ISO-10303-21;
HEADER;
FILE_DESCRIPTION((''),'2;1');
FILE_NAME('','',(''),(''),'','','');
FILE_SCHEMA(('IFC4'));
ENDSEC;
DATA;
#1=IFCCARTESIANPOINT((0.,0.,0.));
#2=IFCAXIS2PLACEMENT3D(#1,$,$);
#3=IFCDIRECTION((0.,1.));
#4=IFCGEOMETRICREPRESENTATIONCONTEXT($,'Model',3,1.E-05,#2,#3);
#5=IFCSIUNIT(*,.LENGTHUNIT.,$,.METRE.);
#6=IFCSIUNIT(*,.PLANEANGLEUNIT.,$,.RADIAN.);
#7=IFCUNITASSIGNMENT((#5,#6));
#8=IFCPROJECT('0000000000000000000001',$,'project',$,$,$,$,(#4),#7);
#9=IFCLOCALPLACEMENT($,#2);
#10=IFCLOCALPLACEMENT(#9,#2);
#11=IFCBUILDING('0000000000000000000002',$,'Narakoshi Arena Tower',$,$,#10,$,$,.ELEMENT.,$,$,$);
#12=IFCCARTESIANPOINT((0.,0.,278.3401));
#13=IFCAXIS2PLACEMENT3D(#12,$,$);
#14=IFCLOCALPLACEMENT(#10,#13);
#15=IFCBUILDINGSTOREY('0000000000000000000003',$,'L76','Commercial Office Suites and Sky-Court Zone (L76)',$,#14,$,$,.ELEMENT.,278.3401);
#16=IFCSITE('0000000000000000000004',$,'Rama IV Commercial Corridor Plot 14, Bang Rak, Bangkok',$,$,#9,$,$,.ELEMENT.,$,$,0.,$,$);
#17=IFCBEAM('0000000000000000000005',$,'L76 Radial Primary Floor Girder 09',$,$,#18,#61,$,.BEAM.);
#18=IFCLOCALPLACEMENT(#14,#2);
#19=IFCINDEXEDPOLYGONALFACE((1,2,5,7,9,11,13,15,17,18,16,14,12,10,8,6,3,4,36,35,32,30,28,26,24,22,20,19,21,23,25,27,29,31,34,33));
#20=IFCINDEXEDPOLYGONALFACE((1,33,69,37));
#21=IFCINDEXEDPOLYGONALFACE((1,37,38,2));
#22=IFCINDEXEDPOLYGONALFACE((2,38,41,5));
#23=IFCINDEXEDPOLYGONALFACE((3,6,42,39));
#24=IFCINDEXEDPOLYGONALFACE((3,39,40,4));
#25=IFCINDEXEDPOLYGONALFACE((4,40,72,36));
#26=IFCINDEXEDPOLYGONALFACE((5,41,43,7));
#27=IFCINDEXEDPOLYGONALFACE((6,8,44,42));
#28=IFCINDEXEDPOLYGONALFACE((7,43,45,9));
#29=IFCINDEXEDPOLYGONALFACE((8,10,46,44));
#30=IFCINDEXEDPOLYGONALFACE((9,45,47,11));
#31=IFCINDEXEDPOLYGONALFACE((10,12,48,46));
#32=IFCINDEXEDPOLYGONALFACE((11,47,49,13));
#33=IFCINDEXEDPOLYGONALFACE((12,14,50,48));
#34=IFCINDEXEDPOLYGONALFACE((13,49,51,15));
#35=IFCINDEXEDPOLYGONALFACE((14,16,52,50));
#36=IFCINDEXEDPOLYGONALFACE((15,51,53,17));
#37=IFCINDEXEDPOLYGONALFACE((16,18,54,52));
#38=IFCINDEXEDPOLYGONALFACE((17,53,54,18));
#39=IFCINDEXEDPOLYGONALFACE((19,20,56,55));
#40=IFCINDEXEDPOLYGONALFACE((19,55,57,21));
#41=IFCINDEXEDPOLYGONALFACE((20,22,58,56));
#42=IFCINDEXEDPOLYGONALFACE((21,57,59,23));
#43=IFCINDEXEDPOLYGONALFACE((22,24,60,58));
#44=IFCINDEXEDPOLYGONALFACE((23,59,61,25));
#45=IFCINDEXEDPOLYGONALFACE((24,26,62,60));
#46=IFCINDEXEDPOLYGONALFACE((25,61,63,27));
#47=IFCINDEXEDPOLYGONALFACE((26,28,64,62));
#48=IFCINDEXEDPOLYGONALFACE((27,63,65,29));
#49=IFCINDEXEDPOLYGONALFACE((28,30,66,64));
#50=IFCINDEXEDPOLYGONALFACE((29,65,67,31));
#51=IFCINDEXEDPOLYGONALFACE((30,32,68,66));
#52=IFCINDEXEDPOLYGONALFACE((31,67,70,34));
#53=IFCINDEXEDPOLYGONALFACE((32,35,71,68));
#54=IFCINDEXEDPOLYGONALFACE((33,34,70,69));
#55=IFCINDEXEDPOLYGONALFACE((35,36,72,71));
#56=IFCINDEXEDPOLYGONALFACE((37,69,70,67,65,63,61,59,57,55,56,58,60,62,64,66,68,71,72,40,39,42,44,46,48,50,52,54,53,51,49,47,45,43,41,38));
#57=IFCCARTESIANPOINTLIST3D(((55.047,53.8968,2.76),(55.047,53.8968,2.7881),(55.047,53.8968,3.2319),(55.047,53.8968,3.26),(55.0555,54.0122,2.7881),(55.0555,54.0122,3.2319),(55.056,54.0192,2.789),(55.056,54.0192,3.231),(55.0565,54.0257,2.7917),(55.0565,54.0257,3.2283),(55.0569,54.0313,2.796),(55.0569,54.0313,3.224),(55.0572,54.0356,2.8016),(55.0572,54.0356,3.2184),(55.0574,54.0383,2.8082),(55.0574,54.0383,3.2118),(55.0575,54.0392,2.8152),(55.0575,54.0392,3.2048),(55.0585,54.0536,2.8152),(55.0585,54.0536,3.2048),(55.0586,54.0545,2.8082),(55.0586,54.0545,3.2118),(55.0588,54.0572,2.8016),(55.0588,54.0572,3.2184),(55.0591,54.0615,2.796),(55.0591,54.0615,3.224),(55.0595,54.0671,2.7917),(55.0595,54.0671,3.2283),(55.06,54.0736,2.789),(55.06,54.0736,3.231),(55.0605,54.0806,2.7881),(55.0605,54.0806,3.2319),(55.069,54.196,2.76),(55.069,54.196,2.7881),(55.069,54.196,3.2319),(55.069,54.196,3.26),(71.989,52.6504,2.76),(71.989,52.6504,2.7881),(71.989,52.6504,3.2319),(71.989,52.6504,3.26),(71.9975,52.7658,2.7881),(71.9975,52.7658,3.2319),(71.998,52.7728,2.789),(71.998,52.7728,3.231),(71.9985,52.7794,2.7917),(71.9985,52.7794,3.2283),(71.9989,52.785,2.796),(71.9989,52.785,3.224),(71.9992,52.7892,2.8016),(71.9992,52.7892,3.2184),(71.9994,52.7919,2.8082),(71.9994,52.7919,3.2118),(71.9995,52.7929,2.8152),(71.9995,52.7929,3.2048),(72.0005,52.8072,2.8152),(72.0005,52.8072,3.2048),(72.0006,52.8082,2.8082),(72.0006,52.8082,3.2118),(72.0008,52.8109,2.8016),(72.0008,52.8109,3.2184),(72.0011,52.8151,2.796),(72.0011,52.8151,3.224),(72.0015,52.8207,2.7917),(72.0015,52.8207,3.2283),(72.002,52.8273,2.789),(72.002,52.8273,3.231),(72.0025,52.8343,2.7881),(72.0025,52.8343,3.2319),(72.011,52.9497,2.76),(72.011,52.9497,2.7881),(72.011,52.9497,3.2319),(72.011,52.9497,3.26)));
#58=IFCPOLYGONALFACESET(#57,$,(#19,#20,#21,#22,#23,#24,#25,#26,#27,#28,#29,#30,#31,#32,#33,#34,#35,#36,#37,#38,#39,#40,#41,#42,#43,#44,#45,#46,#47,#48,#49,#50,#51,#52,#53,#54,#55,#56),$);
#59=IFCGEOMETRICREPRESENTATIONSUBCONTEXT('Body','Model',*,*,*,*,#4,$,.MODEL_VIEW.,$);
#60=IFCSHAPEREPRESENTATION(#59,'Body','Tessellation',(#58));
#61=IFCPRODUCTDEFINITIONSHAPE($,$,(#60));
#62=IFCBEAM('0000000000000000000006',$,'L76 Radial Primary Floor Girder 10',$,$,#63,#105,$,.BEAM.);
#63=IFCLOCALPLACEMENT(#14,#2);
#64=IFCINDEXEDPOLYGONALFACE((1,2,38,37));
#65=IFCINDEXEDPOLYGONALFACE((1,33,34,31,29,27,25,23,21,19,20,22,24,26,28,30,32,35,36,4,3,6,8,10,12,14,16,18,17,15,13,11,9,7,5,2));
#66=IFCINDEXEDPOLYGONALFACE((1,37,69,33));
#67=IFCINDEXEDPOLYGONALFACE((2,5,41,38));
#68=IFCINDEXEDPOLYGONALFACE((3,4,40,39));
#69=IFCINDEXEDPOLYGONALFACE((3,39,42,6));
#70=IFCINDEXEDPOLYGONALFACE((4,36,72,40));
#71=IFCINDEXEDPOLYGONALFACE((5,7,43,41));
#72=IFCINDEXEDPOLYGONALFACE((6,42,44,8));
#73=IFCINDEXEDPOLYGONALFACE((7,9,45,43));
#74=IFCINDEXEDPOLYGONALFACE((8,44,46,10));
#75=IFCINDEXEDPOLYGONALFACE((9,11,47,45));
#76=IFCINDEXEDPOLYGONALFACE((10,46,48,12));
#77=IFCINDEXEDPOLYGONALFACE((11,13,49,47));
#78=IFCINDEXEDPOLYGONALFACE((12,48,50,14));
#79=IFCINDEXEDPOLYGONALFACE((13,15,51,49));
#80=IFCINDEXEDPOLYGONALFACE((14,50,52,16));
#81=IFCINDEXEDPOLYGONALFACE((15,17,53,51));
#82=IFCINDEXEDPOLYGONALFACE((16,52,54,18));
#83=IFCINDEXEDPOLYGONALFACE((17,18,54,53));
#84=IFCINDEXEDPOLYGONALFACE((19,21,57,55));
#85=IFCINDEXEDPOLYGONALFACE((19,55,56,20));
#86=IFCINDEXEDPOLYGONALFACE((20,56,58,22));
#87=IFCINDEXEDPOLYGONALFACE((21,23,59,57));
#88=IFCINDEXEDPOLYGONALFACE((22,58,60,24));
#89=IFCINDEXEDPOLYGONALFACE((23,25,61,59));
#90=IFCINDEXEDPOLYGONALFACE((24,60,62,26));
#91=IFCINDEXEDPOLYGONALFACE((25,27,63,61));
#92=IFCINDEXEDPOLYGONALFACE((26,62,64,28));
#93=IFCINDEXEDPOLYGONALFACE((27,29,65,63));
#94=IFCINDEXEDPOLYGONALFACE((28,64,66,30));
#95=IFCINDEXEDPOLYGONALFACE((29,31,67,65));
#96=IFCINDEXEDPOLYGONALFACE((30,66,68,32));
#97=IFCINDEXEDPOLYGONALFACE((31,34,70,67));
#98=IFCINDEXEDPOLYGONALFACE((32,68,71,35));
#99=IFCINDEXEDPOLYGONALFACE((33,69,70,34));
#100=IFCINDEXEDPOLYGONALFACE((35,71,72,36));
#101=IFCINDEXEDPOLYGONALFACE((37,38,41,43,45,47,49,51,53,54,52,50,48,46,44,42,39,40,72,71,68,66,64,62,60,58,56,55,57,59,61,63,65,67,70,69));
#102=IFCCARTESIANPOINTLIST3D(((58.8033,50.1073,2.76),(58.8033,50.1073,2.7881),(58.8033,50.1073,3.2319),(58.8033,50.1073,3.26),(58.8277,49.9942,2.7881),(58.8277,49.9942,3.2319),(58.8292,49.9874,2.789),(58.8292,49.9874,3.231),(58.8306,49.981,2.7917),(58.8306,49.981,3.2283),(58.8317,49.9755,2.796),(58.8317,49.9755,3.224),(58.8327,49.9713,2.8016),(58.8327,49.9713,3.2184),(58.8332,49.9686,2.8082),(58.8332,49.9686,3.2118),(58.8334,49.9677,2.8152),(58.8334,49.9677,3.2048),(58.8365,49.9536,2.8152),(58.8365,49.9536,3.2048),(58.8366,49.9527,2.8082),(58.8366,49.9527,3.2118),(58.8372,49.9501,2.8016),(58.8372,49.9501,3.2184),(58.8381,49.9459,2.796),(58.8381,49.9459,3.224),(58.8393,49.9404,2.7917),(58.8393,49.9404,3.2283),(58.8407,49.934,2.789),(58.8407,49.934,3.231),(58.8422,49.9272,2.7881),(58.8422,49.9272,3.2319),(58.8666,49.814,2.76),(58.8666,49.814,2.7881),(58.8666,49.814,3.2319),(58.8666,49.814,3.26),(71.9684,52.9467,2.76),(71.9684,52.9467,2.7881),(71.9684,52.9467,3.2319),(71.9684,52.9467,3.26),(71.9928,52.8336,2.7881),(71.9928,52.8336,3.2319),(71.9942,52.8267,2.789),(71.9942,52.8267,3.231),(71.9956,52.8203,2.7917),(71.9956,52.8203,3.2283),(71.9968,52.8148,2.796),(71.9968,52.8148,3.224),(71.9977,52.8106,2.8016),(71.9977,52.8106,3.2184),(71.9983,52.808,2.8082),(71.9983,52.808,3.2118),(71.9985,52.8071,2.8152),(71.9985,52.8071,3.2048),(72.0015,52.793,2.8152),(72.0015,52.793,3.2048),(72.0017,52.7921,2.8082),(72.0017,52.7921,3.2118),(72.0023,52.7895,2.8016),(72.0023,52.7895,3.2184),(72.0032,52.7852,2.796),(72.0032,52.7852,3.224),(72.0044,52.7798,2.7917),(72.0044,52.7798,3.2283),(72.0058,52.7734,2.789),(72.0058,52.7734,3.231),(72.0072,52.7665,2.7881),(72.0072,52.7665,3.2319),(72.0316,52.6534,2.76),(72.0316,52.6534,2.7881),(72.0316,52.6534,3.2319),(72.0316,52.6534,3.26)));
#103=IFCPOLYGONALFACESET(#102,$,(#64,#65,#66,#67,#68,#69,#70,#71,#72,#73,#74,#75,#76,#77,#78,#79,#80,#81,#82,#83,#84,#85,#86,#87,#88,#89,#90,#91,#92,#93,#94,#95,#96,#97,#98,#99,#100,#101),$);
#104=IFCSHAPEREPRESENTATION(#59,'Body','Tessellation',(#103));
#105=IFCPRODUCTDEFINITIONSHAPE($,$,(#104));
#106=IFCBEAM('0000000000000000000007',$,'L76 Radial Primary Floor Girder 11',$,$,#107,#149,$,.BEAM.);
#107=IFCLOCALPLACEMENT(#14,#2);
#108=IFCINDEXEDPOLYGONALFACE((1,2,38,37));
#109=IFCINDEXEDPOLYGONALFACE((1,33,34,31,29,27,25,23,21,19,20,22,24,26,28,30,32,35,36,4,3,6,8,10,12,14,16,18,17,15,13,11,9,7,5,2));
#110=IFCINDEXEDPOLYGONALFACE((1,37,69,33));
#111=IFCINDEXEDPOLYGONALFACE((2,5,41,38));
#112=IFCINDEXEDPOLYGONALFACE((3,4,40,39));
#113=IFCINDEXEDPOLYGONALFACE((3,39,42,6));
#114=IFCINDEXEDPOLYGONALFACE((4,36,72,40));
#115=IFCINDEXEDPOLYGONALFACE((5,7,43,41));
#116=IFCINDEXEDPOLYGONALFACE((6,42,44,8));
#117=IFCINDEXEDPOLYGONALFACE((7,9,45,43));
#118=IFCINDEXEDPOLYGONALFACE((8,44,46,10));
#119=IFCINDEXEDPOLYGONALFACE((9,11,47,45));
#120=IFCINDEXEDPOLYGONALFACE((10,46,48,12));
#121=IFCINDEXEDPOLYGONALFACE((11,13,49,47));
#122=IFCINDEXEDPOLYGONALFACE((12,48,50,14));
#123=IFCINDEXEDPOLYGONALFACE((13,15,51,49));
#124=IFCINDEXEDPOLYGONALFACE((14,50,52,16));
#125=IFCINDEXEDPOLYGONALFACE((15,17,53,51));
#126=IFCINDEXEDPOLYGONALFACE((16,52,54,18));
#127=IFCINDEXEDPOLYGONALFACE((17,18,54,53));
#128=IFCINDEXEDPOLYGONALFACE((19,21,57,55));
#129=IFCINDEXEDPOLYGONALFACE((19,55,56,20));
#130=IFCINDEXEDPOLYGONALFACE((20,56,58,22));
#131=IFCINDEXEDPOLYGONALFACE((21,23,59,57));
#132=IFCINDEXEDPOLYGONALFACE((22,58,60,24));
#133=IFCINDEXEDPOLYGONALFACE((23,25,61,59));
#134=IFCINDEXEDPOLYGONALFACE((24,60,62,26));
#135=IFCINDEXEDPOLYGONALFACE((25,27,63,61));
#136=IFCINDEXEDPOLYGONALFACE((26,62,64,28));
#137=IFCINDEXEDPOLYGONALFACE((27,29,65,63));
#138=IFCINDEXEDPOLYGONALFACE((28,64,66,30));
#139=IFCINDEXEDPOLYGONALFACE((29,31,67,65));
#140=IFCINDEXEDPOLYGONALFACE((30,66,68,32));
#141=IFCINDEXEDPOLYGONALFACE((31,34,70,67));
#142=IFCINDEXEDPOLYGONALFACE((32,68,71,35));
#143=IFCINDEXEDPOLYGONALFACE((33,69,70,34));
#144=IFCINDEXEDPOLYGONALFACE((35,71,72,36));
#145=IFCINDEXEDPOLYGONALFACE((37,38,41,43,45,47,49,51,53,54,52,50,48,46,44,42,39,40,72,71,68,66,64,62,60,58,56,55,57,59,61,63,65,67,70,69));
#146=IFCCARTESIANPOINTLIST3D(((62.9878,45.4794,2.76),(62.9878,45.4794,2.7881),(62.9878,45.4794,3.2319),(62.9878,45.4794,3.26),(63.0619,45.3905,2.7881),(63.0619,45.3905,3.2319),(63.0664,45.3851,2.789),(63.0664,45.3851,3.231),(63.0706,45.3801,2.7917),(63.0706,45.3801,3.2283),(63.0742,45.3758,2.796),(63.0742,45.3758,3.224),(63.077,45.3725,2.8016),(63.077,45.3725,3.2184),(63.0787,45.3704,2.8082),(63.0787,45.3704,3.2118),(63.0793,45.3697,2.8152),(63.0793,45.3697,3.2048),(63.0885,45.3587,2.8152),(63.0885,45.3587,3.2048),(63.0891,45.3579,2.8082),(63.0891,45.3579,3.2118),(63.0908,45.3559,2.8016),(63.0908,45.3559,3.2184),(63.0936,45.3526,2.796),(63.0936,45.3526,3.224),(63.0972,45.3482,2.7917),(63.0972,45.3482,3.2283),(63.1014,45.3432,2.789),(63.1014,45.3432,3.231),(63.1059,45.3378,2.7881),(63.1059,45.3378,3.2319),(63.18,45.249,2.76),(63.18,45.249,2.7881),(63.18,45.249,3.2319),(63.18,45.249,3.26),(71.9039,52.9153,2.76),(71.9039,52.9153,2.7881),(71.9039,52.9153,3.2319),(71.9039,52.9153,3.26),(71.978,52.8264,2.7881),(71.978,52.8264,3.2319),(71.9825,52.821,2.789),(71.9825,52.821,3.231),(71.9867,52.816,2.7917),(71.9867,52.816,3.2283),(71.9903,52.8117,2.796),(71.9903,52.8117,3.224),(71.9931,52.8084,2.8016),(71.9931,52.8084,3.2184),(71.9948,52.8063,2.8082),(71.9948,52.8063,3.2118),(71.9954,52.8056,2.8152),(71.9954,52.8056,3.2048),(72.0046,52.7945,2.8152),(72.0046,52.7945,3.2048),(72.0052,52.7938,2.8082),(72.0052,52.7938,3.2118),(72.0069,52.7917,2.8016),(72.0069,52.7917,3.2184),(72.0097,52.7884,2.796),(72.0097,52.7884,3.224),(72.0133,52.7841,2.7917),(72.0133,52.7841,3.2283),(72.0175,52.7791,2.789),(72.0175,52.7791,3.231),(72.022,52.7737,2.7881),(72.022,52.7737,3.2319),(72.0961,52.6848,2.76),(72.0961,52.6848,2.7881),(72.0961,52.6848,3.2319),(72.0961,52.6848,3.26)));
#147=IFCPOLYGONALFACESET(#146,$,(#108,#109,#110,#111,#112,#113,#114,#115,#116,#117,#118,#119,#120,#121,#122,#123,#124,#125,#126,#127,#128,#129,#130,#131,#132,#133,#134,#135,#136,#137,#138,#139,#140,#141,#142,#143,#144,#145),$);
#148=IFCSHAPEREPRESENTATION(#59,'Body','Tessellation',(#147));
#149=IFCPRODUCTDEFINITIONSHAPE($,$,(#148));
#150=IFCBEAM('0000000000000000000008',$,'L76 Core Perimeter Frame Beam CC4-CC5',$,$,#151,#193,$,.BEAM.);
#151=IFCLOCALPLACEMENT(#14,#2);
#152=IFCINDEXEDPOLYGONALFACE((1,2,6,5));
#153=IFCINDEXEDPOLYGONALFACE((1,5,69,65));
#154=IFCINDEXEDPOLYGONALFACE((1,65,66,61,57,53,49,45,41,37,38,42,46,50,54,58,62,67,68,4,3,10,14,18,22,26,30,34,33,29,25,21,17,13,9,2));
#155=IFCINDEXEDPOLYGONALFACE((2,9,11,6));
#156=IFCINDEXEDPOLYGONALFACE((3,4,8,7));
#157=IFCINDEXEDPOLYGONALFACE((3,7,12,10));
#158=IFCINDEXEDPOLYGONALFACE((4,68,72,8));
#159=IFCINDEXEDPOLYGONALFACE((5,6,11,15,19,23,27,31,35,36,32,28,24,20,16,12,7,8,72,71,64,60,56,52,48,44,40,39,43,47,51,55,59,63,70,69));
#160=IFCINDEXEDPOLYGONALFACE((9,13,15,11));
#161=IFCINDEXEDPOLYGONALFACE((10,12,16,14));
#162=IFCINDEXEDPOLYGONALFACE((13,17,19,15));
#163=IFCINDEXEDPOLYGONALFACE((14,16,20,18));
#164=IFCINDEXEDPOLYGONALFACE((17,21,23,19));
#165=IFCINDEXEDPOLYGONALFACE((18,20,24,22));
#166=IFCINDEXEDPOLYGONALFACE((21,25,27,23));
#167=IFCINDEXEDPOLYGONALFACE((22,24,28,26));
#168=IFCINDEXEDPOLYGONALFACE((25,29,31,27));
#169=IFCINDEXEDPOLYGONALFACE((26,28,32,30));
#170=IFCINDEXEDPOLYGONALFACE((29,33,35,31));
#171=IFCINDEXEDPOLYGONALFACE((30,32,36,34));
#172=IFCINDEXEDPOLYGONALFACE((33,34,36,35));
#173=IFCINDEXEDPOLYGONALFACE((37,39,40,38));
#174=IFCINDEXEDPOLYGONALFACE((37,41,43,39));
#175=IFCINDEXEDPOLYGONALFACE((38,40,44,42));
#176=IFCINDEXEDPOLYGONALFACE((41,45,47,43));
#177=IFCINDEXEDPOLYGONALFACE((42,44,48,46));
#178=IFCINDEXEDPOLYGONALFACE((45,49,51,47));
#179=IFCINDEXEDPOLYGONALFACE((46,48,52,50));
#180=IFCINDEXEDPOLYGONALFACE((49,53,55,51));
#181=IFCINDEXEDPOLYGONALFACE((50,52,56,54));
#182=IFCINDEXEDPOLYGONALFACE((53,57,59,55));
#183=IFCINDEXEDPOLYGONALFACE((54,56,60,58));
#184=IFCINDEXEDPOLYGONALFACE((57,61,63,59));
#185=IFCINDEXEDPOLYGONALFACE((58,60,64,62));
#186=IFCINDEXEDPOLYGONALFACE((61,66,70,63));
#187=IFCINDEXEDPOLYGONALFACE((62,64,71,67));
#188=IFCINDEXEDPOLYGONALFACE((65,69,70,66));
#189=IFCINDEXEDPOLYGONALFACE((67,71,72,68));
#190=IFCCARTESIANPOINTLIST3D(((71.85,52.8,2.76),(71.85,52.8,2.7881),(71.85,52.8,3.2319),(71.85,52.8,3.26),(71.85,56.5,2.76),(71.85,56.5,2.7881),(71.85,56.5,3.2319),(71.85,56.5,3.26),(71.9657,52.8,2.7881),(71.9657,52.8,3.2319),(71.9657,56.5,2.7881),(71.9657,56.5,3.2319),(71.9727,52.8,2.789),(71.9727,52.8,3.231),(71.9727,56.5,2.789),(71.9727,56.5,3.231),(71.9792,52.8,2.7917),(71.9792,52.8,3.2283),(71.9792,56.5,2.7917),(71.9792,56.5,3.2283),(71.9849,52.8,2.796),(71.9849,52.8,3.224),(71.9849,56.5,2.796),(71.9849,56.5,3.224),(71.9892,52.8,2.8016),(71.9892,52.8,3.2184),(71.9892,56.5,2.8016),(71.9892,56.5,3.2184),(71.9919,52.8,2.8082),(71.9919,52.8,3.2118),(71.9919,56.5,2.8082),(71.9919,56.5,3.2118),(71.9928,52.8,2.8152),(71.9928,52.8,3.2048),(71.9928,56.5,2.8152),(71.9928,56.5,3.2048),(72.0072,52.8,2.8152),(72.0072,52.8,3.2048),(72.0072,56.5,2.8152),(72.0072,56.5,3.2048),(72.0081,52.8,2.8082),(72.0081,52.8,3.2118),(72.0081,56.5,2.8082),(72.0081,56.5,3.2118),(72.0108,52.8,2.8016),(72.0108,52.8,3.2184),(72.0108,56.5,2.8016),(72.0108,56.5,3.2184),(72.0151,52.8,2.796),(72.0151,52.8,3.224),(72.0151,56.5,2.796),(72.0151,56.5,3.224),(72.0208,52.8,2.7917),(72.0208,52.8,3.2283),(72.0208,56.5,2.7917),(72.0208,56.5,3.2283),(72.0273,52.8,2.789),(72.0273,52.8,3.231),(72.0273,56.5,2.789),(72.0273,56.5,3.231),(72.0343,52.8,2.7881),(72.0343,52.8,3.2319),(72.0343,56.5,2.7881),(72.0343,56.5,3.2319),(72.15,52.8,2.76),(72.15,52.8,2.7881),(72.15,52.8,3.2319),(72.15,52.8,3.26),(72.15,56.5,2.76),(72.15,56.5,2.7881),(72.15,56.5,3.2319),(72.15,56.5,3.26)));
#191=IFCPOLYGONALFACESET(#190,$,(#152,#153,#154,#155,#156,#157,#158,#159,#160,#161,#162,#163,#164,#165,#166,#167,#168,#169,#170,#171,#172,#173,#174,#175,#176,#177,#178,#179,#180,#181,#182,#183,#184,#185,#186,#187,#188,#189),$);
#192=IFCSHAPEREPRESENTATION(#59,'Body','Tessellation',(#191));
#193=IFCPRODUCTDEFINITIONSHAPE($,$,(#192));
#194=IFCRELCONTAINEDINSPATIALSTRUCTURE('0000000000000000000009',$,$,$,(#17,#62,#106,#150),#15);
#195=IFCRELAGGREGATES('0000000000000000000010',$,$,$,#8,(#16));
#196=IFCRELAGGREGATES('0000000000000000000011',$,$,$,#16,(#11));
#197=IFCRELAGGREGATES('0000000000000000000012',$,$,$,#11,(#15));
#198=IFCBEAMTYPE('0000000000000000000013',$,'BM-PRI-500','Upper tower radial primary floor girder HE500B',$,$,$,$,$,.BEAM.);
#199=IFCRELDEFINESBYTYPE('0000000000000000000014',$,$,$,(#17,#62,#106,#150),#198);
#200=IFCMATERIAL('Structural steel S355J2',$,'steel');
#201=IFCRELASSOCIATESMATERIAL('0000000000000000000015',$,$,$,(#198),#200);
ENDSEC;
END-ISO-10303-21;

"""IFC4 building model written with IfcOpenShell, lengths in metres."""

from ifc_helpers import new_model, si_unit, direction, frame, origin, origin_2d, place, context, subcontext, project, spatial, i_section, extrude, material, material_profile, profile_set, type_object, element, save


model = new_model("IFC4")

# Units and contexts
model_context = context("Model", 3, precision=1e-05, world=origin(), true_north=direction((0.0, 1.0)))
body_context = subcontext(model_context, "Body", "Model", "MODEL_VIEW")
ifc_project = project(units=[si_unit("LENGTHUNIT", "METRE"), si_unit("PLANEANGLEUNIT", "RADIAN")], contexts=[model_context])

# Site, building, storey
site_placement = place(None, origin())
site = spatial("IfcSite", under=ifc_project, at=site_placement, Name="Rama IV Commercial Corridor Plot 14, Bang Rak, Bangkok", CompositionType="ELEMENT", RefElevation=0.0)
building_placement = place(site_placement, origin())
building = spatial("IfcBuilding", under=site, at=building_placement, Name="Narakoshi Arena Tower", CompositionType="ELEMENT")
storey_placement = place(building_placement, frame((0.0, 0.0, 278.3401)))
storey = spatial("IfcBuildingStorey", under=building, at=storey_placement, Name="L76", Description="Commercial Office Suites and Sky-Court Zone (L76)", CompositionType="ELEMENT", Elevation=278.3401)

# Beams
ifc_material_1 = material(Name="Structural steel S355J2", Category="steel")
ifc_material_profile = material_profile(ifc_material_1, i_section(OverallWidth=0.3, OverallDepth=0.5, WebThickness=0.0144, FlangeThickness=0.0281, FilletRadius=0.0271, at=origin_2d()), Name="HE500B")
ifc_profile_set = profile_set([ifc_material_profile], Name="Structural steel S355J2")
beam_type = type_object("IfcBeamType", Name="BM-PRI-500", Description="Upper tower radial primary floor girder HE500B", PredefinedType="BEAM", material=ifc_profile_set)
beam_1_placement = place(storey_placement, frame((72.0, 52.8, 3.01), z_axis=(-0.997305, 0.073367, 0.0), x_axis=(-0.073367, -0.997305, 0.0)))
element("IfcBeam", 1, at=beam_1_placement, inside=storey, type_object=beam_type, Name="L76 Radial Primary Floor Girder 09", PredefinedType="BEAM", context=body_context, shape_type="SweptSolid", body=[
    extrude(i_section(OverallWidth=0.3, OverallDepth=0.5, WebThickness=0.0144, FlangeThickness=0.0281, FilletRadius=0.0271, at=origin_2d()), origin(), (0.0, 0.0, 1.0), 16.9878),
])
beam_2_placement = place(storey_placement, frame((72.0, 52.8, 3.01), z_axis=(-0.977524, -0.210826, 0.0), x_axis=(0.210826, -0.977524, 0.0)))
element("IfcBeam", 2, at=beam_2_placement, inside=storey, type_object=beam_type, Name="L76 Radial Primary Floor Girder 10", PredefinedType="BEAM", context=body_context, shape_type="SweptSolid", body=[
    extrude(i_section(OverallWidth=0.3, OverallDepth=0.5, WebThickness=0.0144, FlangeThickness=0.0281, FilletRadius=0.0271, at=origin_2d()), origin(), (0.0, 0.0, 1.0), 13.4678),
])
beam_3_placement = place(storey_placement, frame((72.0, 52.8, 3.01), z_axis=(-0.767976, -0.640478, 0.0), x_axis=(0.640478, -0.767976, 0.0)))
element("IfcBeam", 3, at=beam_3_placement, inside=storey, type_object=beam_type, Name="L76 Radial Primary Floor Girder 11", PredefinedType="BEAM", context=body_context, shape_type="SweptSolid", body=[
    extrude(i_section(OverallWidth=0.3, OverallDepth=0.5, WebThickness=0.0144, FlangeThickness=0.0281, FilletRadius=0.0271, at=origin_2d()), origin(), (0.0, 0.0, 1.0), 11.6099),
])
beam_4_placement = place(storey_placement, frame((72.0, 52.8, 3.01), z_axis=(0.0, 1.0, 0.0), x_axis=(-1.0, 0.0, 0.0)))
element("IfcBeam", 4, at=beam_4_placement, inside=storey, type_object=beam_type, Name="L76 Core Perimeter Frame Beam CC4-CC5", PredefinedType="BEAM", context=body_context, shape_type="SweptSolid", body=[
    extrude(i_section(OverallWidth=0.3, OverallDepth=0.5, WebThickness=0.0144, FlangeThickness=0.0281, FilletRadius=0.0271, at=origin_2d()), origin(), (0.0, 0.0, 1.0), 3.7),
])

save(model, "model.ifc")
